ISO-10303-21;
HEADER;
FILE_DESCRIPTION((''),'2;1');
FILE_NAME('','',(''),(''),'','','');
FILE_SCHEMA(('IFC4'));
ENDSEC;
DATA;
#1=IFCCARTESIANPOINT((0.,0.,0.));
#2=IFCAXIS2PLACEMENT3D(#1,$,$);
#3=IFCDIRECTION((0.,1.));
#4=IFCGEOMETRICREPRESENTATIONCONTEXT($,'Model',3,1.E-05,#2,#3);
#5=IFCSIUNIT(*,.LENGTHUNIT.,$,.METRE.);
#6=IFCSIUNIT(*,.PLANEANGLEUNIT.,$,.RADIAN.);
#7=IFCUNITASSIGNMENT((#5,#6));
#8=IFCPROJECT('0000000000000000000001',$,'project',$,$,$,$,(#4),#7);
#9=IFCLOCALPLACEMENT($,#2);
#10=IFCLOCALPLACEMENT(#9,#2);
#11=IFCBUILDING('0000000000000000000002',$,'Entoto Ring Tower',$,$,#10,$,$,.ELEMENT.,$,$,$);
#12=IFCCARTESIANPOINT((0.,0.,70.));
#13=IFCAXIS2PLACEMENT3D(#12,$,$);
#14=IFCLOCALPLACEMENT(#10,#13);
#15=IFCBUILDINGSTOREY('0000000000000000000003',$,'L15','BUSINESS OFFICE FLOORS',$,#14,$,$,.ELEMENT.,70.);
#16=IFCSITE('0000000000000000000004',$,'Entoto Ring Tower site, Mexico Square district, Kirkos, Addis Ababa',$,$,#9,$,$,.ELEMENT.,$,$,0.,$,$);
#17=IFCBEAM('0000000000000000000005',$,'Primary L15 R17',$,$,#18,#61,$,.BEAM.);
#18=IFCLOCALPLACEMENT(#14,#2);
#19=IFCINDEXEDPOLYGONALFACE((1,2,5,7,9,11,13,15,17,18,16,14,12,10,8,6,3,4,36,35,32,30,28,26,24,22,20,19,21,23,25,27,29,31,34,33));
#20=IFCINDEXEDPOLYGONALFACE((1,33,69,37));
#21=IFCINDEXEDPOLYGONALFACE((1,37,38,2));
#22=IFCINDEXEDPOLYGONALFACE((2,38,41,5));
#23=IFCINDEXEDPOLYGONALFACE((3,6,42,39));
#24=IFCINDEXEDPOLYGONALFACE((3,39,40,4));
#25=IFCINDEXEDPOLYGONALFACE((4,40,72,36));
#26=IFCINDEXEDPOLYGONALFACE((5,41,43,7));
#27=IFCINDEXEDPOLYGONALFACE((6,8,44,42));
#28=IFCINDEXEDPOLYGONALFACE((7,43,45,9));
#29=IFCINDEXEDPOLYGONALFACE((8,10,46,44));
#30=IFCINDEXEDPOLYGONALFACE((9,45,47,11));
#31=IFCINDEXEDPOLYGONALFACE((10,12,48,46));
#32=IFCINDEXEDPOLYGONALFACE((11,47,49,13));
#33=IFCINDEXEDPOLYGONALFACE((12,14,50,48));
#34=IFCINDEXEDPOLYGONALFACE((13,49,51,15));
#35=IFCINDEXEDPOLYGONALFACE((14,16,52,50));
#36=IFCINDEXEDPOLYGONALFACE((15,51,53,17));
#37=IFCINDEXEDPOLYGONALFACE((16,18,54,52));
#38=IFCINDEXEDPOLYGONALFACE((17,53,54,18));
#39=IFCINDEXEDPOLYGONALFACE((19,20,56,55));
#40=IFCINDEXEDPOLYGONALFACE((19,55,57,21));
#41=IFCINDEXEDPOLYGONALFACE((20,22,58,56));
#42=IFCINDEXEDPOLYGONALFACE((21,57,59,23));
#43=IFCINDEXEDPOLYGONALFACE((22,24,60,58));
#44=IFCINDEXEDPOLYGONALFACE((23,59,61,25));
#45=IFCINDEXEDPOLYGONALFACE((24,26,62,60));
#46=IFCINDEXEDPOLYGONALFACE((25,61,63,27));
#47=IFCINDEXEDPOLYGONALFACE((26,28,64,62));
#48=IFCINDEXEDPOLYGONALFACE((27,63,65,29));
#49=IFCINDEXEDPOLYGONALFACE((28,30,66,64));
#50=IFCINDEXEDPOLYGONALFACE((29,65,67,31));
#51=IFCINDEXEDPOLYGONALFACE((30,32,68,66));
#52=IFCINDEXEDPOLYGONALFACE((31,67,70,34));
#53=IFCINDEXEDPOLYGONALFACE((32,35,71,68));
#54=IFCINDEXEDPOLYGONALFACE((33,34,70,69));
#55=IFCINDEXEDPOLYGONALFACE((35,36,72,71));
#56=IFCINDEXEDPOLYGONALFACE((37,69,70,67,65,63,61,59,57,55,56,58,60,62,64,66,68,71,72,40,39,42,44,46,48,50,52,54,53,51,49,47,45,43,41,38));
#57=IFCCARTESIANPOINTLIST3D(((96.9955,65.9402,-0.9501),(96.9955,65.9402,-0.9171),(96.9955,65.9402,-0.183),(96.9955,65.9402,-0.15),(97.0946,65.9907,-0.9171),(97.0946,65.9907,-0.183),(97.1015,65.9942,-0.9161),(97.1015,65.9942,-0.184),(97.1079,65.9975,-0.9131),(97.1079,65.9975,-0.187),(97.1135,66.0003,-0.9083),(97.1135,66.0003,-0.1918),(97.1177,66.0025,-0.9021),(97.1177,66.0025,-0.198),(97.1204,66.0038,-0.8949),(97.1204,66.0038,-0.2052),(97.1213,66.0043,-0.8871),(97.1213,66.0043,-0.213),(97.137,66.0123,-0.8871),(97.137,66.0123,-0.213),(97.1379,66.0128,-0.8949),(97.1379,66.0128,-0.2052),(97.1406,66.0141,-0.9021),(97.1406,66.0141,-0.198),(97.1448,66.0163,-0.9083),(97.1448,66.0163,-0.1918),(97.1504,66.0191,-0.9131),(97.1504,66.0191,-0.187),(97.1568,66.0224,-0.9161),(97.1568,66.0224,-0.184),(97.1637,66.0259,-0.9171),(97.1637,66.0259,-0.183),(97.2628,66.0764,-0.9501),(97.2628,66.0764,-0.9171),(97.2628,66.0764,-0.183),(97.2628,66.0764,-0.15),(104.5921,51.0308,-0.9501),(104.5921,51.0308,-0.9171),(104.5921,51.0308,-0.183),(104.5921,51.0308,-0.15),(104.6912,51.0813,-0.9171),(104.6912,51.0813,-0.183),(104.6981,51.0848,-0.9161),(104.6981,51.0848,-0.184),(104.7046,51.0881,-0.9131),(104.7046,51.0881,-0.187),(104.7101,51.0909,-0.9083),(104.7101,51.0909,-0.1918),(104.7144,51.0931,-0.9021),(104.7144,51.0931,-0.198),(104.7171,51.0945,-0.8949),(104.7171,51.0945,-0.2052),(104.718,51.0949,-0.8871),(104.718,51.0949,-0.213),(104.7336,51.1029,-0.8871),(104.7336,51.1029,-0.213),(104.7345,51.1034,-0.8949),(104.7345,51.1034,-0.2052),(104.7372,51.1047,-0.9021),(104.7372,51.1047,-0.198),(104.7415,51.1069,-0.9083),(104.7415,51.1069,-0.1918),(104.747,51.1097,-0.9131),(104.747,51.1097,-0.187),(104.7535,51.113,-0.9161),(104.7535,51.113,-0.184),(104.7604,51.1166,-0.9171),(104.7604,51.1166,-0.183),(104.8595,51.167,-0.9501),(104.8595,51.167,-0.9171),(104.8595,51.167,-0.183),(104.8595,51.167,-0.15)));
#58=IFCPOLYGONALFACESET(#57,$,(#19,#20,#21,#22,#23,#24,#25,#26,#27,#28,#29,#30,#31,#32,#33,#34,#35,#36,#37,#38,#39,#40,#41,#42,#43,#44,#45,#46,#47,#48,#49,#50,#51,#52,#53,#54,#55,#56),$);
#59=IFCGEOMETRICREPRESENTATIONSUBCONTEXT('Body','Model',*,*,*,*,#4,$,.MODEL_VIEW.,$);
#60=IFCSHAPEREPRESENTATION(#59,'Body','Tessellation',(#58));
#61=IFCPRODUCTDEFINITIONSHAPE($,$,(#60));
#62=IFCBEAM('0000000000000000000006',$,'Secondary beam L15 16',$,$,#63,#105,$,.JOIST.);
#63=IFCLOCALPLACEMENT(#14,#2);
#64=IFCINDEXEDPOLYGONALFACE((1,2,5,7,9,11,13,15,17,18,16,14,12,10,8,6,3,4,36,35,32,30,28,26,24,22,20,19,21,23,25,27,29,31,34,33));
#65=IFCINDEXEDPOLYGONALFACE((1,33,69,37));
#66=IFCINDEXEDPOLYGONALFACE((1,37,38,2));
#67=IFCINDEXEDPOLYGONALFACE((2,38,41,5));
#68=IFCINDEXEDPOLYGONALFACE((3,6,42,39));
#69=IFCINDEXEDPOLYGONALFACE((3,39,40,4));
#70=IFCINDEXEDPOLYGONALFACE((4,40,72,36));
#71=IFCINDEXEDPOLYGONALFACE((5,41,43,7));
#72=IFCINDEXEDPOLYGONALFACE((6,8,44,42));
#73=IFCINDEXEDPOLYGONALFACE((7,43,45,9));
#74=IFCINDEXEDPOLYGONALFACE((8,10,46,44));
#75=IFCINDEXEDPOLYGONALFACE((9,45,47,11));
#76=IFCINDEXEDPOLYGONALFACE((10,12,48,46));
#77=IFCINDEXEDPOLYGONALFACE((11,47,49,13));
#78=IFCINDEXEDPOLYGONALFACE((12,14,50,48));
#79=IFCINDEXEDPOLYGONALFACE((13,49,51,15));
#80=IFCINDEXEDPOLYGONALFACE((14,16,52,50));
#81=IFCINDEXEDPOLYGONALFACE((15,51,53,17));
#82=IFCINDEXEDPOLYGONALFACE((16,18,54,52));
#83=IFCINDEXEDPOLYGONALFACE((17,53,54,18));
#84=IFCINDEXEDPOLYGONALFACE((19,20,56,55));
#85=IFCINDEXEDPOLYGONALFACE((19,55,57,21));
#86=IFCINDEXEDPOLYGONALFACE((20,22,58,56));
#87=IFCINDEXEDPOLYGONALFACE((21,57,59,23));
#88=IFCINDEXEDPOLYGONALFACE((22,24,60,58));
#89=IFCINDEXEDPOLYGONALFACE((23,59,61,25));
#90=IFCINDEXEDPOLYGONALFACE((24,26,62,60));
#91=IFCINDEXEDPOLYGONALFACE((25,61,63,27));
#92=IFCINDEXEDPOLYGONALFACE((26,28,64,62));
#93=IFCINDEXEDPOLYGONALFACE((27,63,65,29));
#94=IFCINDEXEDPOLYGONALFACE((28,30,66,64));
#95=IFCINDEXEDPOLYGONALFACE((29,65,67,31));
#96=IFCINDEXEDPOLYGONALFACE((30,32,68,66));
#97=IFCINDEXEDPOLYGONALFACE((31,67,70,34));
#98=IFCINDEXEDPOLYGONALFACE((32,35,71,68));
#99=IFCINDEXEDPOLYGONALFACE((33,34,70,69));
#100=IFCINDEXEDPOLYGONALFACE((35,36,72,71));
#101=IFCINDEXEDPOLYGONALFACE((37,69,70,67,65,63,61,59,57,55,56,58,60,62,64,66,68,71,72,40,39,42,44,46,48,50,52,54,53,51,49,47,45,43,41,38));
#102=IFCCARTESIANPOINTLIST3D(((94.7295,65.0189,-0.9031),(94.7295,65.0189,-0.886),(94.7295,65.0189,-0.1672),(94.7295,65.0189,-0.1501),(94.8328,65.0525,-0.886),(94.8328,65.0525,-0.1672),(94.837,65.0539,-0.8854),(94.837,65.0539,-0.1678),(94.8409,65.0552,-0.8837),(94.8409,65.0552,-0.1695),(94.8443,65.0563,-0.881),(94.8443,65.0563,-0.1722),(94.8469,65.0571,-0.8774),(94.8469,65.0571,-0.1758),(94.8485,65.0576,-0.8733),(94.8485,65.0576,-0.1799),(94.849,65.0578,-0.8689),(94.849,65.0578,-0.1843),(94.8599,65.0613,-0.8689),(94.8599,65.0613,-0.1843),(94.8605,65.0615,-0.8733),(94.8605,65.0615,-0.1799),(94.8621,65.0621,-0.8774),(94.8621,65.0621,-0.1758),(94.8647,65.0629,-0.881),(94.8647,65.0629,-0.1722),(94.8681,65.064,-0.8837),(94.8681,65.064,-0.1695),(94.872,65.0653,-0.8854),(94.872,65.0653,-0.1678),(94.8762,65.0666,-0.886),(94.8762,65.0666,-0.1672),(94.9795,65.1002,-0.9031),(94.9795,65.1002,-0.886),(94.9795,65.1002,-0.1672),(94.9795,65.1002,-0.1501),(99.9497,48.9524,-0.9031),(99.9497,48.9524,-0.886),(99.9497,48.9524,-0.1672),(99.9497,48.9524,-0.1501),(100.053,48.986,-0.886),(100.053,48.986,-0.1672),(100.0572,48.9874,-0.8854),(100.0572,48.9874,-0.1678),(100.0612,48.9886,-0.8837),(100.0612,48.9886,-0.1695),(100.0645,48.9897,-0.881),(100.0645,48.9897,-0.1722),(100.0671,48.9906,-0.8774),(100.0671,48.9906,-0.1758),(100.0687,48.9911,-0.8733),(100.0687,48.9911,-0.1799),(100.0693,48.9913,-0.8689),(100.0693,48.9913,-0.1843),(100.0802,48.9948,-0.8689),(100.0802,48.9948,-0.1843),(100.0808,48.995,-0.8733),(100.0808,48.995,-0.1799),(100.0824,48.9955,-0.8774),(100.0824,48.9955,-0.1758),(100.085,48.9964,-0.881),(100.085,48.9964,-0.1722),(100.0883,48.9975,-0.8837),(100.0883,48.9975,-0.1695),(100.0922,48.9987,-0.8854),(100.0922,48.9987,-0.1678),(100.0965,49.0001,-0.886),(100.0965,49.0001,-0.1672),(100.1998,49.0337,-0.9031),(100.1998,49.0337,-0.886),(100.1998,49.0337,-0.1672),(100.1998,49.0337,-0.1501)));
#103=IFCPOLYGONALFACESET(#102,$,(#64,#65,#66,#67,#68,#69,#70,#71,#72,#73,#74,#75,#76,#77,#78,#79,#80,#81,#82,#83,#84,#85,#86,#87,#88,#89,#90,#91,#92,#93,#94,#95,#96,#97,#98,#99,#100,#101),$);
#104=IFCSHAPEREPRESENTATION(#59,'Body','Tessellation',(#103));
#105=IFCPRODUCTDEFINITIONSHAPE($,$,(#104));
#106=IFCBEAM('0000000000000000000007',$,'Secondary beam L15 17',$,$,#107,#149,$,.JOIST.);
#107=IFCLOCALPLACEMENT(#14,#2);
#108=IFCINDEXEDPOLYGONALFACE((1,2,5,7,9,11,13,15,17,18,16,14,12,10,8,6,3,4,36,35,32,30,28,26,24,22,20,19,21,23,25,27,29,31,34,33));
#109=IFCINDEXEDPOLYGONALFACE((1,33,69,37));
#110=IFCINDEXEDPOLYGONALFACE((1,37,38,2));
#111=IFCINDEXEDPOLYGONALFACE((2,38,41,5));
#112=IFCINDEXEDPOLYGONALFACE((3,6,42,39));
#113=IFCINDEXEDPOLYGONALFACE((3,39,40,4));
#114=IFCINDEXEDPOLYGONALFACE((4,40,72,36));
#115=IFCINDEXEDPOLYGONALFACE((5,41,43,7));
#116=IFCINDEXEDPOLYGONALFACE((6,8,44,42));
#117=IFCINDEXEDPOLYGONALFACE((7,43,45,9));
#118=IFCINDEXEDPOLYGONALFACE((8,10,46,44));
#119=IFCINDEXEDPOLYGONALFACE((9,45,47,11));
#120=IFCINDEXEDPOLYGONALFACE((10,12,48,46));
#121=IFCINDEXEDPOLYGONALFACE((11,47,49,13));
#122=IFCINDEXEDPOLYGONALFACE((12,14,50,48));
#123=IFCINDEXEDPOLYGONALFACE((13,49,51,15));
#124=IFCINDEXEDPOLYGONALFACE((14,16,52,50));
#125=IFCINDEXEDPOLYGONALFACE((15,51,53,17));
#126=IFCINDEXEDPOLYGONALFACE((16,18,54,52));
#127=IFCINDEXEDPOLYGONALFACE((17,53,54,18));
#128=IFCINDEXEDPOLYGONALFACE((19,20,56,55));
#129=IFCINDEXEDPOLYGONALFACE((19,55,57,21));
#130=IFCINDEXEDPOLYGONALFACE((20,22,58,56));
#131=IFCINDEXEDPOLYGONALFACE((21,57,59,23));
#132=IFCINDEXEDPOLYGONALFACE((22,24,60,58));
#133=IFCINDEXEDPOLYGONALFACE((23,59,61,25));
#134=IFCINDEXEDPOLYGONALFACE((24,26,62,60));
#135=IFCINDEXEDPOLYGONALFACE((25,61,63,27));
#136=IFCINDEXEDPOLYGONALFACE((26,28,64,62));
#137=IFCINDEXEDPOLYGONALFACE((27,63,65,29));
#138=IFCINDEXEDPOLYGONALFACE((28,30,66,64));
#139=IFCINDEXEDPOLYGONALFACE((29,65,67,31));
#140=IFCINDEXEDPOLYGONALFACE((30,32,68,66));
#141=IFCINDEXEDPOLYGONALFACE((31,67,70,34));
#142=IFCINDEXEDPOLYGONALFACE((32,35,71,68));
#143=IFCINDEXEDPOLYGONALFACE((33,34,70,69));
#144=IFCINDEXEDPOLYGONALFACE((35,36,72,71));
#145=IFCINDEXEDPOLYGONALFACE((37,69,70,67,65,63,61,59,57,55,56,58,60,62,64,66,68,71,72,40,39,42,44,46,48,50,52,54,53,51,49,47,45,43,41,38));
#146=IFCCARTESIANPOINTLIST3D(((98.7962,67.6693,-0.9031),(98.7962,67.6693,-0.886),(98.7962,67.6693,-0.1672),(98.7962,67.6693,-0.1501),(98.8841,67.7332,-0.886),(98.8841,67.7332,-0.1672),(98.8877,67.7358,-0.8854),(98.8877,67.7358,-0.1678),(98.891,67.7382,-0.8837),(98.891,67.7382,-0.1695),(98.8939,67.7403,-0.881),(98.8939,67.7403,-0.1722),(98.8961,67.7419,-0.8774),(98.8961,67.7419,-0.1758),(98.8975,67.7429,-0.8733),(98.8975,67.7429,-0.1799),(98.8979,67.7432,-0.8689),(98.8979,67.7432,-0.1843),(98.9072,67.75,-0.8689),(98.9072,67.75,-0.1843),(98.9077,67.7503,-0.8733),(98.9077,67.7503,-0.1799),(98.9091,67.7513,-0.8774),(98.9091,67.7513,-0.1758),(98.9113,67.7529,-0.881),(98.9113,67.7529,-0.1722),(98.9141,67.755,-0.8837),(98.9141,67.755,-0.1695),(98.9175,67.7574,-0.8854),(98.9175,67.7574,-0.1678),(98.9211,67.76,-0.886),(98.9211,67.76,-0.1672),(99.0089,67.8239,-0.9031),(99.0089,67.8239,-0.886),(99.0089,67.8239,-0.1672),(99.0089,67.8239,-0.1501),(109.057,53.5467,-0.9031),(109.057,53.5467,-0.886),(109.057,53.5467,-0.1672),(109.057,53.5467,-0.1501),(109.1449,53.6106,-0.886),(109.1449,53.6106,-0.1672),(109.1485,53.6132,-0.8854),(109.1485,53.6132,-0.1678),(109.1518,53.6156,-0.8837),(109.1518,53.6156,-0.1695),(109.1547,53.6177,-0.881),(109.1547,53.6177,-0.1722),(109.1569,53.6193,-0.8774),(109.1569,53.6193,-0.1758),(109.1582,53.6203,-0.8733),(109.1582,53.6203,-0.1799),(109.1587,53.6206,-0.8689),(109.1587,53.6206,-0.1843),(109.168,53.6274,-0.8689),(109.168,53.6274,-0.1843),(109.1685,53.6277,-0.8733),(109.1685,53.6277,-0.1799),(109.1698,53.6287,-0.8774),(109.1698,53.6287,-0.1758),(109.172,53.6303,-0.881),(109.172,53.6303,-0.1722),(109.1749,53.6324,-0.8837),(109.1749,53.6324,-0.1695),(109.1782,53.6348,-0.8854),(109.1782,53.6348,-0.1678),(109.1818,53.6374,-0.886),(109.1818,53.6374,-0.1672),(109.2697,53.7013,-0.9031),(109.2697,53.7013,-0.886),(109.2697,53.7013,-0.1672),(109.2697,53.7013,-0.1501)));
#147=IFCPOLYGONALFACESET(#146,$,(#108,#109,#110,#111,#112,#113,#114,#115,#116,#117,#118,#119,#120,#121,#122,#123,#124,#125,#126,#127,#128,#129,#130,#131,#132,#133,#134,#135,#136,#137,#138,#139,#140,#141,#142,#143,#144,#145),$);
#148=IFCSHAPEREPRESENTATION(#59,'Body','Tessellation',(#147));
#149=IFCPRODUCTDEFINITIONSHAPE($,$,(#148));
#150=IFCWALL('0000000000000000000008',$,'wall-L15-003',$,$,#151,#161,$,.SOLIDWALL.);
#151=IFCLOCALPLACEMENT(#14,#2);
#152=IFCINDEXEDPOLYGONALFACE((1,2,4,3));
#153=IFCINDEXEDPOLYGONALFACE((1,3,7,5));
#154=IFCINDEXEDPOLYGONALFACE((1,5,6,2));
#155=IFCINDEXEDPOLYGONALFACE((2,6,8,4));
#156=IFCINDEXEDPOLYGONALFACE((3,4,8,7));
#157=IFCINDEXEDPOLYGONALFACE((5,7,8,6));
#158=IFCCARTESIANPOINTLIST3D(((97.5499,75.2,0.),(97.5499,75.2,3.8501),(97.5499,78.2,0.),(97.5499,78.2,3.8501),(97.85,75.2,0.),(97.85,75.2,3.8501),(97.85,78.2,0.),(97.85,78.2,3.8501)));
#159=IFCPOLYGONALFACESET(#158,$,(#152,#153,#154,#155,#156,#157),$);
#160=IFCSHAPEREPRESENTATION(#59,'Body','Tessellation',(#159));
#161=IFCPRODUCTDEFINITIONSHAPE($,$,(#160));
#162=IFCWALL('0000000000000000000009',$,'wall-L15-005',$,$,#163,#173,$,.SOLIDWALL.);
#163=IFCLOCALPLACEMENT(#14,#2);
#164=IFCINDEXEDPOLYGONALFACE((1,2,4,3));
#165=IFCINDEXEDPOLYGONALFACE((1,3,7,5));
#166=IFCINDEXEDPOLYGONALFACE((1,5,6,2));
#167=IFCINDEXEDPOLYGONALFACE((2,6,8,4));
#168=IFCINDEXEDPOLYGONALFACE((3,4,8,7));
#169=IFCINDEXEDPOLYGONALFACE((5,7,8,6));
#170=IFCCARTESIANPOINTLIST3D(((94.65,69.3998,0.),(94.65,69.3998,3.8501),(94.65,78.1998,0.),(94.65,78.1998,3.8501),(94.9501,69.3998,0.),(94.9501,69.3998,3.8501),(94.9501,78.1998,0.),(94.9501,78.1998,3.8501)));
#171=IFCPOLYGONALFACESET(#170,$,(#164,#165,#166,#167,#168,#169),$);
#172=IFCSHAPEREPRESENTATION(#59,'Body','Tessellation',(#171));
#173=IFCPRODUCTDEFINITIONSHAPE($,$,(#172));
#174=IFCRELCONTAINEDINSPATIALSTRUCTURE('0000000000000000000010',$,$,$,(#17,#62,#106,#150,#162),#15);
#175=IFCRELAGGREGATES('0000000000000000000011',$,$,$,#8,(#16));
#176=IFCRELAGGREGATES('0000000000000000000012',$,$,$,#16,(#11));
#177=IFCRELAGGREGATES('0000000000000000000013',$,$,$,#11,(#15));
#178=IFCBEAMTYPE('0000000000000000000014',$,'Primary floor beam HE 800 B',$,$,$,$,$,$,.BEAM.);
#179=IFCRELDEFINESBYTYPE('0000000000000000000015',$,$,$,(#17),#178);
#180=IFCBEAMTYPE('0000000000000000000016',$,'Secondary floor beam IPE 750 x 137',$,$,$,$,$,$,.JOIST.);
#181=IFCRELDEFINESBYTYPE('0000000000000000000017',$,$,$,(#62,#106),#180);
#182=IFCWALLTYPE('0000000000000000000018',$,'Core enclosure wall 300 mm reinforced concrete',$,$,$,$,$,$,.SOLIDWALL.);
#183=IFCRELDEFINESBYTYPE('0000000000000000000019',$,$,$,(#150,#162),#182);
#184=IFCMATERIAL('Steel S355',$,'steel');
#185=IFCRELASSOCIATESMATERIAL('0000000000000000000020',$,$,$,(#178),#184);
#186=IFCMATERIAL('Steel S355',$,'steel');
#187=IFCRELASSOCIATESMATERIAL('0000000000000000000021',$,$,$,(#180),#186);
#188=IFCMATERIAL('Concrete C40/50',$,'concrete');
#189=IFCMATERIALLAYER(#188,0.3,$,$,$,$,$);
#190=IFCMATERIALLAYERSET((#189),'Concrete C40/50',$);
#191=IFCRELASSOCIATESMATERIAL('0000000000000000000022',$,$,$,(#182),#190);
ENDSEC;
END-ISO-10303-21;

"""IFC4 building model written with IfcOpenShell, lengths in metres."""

from ifc_helpers import new_model, si_unit, direction, frame, frame_2d, origin, origin_2d, place, context, subcontext, project, spatial, rectangle, i_section, extrude, material, layer, layer_set, material_profile, profile_set, type_object, element, save


model = new_model("IFC4")

# Units and contexts
model_context = context("Model", 3, precision=1e-05, world=origin(), true_north=direction((0.0, 1.0)))
body_context = subcontext(model_context, "Body", "Model", "MODEL_VIEW")
ifc_project = project(units=[si_unit("LENGTHUNIT", "METRE"), si_unit("PLANEANGLEUNIT", "RADIAN")], contexts=[model_context])

# Site, building, storey
site_placement = place(None, origin())
site = spatial("IfcSite", under=ifc_project, at=site_placement, Name="Entoto Ring Tower site, Mexico Square district, Kirkos, Addis Ababa", CompositionType="ELEMENT", RefElevation=0.0)
building_placement = place(site_placement, origin())
building = spatial("IfcBuilding", under=site, at=building_placement, Name="Entoto Ring Tower", CompositionType="ELEMENT")
storey_placement = place(building_placement, frame((0.0, 0.0, 70.0)))
storey = spatial("IfcBuildingStorey", under=building, at=storey_placement, Name="L15", Description="BUSINESS OFFICE FLOORS", CompositionType="ELEMENT", Elevation=70.0)

# Beams
ifc_material_1 = material(Name="Steel S355", Category="steel")
ifc_material_profile_1 = material_profile(ifc_material_1, i_section(OverallWidth=0.3, OverallDepth=0.8, WebThickness=0.0176, FlangeThickness=0.033, FilletRadius=0.03, at=origin_2d()), Name="HE 800 B")
ifc_profile_set_1 = profile_set([ifc_material_profile_1], Name="Steel S355")
beam_type_1 = type_object("IfcBeamType", Name="Primary floor beam HE 800 B", PredefinedType="BEAM", material=ifc_profile_set_1)
beam_1_placement = place(storey_placement, frame((97.1292, 66.0083, -0.55), z_axis=(0.453988, -0.891008, 0.0), x_axis=(0.891008, 0.453988, 0.0)))
element("IfcBeam", 1, at=beam_1_placement, inside=storey, type_object=beam_type_1, Name="Primary L15 R17", PredefinedType="BEAM", context=body_context, shape_type="SweptSolid", body=[
    extrude(i_section(OverallWidth=0.3, OverallDepth=0.8, WebThickness=0.0176, FlangeThickness=0.033, FilletRadius=0.03, at=origin_2d()), origin(), (0.0, 0.0, 1.0), 16.7332),
])
ifc_material_2 = material(Name="Steel S355", Category="steel")
ifc_material_profile_2 = material_profile(ifc_material_2, i_section(OverallWidth=0.2629, OverallDepth=0.7529, WebThickness=0.0115, FlangeThickness=0.0171, FilletRadius=0.0171, at=origin_2d()), Name="IPE 750 x 137")
ifc_profile_set_2 = profile_set([ifc_material_profile_2], Name="Steel S355")
beam_type_2 = type_object("IfcBeamType", Name="Secondary floor beam IPE 750 x 137", PredefinedType="JOIST", material=ifc_profile_set_2)
beam_2_placement = place(storey_placement, frame((94.8545, 65.0596, -0.5266), z_axis=(0.309013, -0.951058, 0.0), x_axis=(0.951058, 0.309013, 0.0)))
element("IfcBeam", 2, at=beam_2_placement, inside=storey, type_object=beam_type_2, Name="Secondary beam L15 16", PredefinedType="JOIST", context=body_context, shape_type="SweptSolid", body=[
    extrude(i_section(OverallWidth=0.2629, OverallDepth=0.7529, WebThickness=0.0115, FlangeThickness=0.0171, FilletRadius=0.0171, at=origin_2d()), origin(), (0.0, 0.0, 1.0), 16.8933),
])
beam_3_placement = place(storey_placement, frame((98.9026, 67.7466, -0.5266), z_axis=(0.587789, -0.809014, 0.0), x_axis=(0.809014, 0.587789, 0.0)))
element("IfcBeam", 3, at=beam_3_placement, inside=storey, type_object=beam_type_2, Name="Secondary beam L15 17", PredefinedType="JOIST", context=body_context, shape_type="SweptSolid", body=[
    extrude(i_section(OverallWidth=0.2629, OverallDepth=0.7529, WebThickness=0.0115, FlangeThickness=0.0171, FilletRadius=0.0171, at=origin_2d()), origin(), (0.0, 0.0, 1.0), 17.4565),
])

# Walls
ifc_material_3 = material(Name="Concrete C40/50", Category="concrete")
ifc_layer_1 = layer(ifc_material_3, 0.3)
ifc_layer_set_1 = layer_set([ifc_layer_1], Name="Concrete C40/50")
wall_type_1 = type_object("IfcWallType", Name="Core enclosure wall 300 mm reinforced concrete", PredefinedType="SOLIDWALL", material=ifc_layer_set_1)
wall_1_placement = place(storey_placement, frame((97.7, 75.2, 0.0), z_axis=(0.0, 0.0, 1.0), x_axis=(0.0, 1.0, 0.0)))
element("IfcWall", 4, at=wall_1_placement, inside=storey, type_object=wall_type_1, Name="wall-L15-003", PredefinedType="SOLIDWALL", context=body_context, shape_type="SweptSolid", body=[
    extrude(rectangle(XDim=3.0, YDim=0.3, at=frame_2d((1.5, 0.0))), origin(), (0.0, 0.0, 1.0), 3.8501),
])
wall_2_placement = place(storey_placement, frame((94.8, 69.3999, 0.0), z_axis=(0.0, 0.0, 1.0), x_axis=(0.0, 1.0, 0.0)))
element("IfcWall", 5, at=wall_2_placement, inside=storey, type_object=wall_type_1, Name="wall-L15-005", PredefinedType="SOLIDWALL", context=body_context, shape_type="SweptSolid", body=[
    extrude(rectangle(XDim=8.8, YDim=0.3, at=frame_2d((4.3999, 0.0))), origin(), (0.0, 0.0, 1.0), 3.8501),
])

save(model, "model.ifc")
